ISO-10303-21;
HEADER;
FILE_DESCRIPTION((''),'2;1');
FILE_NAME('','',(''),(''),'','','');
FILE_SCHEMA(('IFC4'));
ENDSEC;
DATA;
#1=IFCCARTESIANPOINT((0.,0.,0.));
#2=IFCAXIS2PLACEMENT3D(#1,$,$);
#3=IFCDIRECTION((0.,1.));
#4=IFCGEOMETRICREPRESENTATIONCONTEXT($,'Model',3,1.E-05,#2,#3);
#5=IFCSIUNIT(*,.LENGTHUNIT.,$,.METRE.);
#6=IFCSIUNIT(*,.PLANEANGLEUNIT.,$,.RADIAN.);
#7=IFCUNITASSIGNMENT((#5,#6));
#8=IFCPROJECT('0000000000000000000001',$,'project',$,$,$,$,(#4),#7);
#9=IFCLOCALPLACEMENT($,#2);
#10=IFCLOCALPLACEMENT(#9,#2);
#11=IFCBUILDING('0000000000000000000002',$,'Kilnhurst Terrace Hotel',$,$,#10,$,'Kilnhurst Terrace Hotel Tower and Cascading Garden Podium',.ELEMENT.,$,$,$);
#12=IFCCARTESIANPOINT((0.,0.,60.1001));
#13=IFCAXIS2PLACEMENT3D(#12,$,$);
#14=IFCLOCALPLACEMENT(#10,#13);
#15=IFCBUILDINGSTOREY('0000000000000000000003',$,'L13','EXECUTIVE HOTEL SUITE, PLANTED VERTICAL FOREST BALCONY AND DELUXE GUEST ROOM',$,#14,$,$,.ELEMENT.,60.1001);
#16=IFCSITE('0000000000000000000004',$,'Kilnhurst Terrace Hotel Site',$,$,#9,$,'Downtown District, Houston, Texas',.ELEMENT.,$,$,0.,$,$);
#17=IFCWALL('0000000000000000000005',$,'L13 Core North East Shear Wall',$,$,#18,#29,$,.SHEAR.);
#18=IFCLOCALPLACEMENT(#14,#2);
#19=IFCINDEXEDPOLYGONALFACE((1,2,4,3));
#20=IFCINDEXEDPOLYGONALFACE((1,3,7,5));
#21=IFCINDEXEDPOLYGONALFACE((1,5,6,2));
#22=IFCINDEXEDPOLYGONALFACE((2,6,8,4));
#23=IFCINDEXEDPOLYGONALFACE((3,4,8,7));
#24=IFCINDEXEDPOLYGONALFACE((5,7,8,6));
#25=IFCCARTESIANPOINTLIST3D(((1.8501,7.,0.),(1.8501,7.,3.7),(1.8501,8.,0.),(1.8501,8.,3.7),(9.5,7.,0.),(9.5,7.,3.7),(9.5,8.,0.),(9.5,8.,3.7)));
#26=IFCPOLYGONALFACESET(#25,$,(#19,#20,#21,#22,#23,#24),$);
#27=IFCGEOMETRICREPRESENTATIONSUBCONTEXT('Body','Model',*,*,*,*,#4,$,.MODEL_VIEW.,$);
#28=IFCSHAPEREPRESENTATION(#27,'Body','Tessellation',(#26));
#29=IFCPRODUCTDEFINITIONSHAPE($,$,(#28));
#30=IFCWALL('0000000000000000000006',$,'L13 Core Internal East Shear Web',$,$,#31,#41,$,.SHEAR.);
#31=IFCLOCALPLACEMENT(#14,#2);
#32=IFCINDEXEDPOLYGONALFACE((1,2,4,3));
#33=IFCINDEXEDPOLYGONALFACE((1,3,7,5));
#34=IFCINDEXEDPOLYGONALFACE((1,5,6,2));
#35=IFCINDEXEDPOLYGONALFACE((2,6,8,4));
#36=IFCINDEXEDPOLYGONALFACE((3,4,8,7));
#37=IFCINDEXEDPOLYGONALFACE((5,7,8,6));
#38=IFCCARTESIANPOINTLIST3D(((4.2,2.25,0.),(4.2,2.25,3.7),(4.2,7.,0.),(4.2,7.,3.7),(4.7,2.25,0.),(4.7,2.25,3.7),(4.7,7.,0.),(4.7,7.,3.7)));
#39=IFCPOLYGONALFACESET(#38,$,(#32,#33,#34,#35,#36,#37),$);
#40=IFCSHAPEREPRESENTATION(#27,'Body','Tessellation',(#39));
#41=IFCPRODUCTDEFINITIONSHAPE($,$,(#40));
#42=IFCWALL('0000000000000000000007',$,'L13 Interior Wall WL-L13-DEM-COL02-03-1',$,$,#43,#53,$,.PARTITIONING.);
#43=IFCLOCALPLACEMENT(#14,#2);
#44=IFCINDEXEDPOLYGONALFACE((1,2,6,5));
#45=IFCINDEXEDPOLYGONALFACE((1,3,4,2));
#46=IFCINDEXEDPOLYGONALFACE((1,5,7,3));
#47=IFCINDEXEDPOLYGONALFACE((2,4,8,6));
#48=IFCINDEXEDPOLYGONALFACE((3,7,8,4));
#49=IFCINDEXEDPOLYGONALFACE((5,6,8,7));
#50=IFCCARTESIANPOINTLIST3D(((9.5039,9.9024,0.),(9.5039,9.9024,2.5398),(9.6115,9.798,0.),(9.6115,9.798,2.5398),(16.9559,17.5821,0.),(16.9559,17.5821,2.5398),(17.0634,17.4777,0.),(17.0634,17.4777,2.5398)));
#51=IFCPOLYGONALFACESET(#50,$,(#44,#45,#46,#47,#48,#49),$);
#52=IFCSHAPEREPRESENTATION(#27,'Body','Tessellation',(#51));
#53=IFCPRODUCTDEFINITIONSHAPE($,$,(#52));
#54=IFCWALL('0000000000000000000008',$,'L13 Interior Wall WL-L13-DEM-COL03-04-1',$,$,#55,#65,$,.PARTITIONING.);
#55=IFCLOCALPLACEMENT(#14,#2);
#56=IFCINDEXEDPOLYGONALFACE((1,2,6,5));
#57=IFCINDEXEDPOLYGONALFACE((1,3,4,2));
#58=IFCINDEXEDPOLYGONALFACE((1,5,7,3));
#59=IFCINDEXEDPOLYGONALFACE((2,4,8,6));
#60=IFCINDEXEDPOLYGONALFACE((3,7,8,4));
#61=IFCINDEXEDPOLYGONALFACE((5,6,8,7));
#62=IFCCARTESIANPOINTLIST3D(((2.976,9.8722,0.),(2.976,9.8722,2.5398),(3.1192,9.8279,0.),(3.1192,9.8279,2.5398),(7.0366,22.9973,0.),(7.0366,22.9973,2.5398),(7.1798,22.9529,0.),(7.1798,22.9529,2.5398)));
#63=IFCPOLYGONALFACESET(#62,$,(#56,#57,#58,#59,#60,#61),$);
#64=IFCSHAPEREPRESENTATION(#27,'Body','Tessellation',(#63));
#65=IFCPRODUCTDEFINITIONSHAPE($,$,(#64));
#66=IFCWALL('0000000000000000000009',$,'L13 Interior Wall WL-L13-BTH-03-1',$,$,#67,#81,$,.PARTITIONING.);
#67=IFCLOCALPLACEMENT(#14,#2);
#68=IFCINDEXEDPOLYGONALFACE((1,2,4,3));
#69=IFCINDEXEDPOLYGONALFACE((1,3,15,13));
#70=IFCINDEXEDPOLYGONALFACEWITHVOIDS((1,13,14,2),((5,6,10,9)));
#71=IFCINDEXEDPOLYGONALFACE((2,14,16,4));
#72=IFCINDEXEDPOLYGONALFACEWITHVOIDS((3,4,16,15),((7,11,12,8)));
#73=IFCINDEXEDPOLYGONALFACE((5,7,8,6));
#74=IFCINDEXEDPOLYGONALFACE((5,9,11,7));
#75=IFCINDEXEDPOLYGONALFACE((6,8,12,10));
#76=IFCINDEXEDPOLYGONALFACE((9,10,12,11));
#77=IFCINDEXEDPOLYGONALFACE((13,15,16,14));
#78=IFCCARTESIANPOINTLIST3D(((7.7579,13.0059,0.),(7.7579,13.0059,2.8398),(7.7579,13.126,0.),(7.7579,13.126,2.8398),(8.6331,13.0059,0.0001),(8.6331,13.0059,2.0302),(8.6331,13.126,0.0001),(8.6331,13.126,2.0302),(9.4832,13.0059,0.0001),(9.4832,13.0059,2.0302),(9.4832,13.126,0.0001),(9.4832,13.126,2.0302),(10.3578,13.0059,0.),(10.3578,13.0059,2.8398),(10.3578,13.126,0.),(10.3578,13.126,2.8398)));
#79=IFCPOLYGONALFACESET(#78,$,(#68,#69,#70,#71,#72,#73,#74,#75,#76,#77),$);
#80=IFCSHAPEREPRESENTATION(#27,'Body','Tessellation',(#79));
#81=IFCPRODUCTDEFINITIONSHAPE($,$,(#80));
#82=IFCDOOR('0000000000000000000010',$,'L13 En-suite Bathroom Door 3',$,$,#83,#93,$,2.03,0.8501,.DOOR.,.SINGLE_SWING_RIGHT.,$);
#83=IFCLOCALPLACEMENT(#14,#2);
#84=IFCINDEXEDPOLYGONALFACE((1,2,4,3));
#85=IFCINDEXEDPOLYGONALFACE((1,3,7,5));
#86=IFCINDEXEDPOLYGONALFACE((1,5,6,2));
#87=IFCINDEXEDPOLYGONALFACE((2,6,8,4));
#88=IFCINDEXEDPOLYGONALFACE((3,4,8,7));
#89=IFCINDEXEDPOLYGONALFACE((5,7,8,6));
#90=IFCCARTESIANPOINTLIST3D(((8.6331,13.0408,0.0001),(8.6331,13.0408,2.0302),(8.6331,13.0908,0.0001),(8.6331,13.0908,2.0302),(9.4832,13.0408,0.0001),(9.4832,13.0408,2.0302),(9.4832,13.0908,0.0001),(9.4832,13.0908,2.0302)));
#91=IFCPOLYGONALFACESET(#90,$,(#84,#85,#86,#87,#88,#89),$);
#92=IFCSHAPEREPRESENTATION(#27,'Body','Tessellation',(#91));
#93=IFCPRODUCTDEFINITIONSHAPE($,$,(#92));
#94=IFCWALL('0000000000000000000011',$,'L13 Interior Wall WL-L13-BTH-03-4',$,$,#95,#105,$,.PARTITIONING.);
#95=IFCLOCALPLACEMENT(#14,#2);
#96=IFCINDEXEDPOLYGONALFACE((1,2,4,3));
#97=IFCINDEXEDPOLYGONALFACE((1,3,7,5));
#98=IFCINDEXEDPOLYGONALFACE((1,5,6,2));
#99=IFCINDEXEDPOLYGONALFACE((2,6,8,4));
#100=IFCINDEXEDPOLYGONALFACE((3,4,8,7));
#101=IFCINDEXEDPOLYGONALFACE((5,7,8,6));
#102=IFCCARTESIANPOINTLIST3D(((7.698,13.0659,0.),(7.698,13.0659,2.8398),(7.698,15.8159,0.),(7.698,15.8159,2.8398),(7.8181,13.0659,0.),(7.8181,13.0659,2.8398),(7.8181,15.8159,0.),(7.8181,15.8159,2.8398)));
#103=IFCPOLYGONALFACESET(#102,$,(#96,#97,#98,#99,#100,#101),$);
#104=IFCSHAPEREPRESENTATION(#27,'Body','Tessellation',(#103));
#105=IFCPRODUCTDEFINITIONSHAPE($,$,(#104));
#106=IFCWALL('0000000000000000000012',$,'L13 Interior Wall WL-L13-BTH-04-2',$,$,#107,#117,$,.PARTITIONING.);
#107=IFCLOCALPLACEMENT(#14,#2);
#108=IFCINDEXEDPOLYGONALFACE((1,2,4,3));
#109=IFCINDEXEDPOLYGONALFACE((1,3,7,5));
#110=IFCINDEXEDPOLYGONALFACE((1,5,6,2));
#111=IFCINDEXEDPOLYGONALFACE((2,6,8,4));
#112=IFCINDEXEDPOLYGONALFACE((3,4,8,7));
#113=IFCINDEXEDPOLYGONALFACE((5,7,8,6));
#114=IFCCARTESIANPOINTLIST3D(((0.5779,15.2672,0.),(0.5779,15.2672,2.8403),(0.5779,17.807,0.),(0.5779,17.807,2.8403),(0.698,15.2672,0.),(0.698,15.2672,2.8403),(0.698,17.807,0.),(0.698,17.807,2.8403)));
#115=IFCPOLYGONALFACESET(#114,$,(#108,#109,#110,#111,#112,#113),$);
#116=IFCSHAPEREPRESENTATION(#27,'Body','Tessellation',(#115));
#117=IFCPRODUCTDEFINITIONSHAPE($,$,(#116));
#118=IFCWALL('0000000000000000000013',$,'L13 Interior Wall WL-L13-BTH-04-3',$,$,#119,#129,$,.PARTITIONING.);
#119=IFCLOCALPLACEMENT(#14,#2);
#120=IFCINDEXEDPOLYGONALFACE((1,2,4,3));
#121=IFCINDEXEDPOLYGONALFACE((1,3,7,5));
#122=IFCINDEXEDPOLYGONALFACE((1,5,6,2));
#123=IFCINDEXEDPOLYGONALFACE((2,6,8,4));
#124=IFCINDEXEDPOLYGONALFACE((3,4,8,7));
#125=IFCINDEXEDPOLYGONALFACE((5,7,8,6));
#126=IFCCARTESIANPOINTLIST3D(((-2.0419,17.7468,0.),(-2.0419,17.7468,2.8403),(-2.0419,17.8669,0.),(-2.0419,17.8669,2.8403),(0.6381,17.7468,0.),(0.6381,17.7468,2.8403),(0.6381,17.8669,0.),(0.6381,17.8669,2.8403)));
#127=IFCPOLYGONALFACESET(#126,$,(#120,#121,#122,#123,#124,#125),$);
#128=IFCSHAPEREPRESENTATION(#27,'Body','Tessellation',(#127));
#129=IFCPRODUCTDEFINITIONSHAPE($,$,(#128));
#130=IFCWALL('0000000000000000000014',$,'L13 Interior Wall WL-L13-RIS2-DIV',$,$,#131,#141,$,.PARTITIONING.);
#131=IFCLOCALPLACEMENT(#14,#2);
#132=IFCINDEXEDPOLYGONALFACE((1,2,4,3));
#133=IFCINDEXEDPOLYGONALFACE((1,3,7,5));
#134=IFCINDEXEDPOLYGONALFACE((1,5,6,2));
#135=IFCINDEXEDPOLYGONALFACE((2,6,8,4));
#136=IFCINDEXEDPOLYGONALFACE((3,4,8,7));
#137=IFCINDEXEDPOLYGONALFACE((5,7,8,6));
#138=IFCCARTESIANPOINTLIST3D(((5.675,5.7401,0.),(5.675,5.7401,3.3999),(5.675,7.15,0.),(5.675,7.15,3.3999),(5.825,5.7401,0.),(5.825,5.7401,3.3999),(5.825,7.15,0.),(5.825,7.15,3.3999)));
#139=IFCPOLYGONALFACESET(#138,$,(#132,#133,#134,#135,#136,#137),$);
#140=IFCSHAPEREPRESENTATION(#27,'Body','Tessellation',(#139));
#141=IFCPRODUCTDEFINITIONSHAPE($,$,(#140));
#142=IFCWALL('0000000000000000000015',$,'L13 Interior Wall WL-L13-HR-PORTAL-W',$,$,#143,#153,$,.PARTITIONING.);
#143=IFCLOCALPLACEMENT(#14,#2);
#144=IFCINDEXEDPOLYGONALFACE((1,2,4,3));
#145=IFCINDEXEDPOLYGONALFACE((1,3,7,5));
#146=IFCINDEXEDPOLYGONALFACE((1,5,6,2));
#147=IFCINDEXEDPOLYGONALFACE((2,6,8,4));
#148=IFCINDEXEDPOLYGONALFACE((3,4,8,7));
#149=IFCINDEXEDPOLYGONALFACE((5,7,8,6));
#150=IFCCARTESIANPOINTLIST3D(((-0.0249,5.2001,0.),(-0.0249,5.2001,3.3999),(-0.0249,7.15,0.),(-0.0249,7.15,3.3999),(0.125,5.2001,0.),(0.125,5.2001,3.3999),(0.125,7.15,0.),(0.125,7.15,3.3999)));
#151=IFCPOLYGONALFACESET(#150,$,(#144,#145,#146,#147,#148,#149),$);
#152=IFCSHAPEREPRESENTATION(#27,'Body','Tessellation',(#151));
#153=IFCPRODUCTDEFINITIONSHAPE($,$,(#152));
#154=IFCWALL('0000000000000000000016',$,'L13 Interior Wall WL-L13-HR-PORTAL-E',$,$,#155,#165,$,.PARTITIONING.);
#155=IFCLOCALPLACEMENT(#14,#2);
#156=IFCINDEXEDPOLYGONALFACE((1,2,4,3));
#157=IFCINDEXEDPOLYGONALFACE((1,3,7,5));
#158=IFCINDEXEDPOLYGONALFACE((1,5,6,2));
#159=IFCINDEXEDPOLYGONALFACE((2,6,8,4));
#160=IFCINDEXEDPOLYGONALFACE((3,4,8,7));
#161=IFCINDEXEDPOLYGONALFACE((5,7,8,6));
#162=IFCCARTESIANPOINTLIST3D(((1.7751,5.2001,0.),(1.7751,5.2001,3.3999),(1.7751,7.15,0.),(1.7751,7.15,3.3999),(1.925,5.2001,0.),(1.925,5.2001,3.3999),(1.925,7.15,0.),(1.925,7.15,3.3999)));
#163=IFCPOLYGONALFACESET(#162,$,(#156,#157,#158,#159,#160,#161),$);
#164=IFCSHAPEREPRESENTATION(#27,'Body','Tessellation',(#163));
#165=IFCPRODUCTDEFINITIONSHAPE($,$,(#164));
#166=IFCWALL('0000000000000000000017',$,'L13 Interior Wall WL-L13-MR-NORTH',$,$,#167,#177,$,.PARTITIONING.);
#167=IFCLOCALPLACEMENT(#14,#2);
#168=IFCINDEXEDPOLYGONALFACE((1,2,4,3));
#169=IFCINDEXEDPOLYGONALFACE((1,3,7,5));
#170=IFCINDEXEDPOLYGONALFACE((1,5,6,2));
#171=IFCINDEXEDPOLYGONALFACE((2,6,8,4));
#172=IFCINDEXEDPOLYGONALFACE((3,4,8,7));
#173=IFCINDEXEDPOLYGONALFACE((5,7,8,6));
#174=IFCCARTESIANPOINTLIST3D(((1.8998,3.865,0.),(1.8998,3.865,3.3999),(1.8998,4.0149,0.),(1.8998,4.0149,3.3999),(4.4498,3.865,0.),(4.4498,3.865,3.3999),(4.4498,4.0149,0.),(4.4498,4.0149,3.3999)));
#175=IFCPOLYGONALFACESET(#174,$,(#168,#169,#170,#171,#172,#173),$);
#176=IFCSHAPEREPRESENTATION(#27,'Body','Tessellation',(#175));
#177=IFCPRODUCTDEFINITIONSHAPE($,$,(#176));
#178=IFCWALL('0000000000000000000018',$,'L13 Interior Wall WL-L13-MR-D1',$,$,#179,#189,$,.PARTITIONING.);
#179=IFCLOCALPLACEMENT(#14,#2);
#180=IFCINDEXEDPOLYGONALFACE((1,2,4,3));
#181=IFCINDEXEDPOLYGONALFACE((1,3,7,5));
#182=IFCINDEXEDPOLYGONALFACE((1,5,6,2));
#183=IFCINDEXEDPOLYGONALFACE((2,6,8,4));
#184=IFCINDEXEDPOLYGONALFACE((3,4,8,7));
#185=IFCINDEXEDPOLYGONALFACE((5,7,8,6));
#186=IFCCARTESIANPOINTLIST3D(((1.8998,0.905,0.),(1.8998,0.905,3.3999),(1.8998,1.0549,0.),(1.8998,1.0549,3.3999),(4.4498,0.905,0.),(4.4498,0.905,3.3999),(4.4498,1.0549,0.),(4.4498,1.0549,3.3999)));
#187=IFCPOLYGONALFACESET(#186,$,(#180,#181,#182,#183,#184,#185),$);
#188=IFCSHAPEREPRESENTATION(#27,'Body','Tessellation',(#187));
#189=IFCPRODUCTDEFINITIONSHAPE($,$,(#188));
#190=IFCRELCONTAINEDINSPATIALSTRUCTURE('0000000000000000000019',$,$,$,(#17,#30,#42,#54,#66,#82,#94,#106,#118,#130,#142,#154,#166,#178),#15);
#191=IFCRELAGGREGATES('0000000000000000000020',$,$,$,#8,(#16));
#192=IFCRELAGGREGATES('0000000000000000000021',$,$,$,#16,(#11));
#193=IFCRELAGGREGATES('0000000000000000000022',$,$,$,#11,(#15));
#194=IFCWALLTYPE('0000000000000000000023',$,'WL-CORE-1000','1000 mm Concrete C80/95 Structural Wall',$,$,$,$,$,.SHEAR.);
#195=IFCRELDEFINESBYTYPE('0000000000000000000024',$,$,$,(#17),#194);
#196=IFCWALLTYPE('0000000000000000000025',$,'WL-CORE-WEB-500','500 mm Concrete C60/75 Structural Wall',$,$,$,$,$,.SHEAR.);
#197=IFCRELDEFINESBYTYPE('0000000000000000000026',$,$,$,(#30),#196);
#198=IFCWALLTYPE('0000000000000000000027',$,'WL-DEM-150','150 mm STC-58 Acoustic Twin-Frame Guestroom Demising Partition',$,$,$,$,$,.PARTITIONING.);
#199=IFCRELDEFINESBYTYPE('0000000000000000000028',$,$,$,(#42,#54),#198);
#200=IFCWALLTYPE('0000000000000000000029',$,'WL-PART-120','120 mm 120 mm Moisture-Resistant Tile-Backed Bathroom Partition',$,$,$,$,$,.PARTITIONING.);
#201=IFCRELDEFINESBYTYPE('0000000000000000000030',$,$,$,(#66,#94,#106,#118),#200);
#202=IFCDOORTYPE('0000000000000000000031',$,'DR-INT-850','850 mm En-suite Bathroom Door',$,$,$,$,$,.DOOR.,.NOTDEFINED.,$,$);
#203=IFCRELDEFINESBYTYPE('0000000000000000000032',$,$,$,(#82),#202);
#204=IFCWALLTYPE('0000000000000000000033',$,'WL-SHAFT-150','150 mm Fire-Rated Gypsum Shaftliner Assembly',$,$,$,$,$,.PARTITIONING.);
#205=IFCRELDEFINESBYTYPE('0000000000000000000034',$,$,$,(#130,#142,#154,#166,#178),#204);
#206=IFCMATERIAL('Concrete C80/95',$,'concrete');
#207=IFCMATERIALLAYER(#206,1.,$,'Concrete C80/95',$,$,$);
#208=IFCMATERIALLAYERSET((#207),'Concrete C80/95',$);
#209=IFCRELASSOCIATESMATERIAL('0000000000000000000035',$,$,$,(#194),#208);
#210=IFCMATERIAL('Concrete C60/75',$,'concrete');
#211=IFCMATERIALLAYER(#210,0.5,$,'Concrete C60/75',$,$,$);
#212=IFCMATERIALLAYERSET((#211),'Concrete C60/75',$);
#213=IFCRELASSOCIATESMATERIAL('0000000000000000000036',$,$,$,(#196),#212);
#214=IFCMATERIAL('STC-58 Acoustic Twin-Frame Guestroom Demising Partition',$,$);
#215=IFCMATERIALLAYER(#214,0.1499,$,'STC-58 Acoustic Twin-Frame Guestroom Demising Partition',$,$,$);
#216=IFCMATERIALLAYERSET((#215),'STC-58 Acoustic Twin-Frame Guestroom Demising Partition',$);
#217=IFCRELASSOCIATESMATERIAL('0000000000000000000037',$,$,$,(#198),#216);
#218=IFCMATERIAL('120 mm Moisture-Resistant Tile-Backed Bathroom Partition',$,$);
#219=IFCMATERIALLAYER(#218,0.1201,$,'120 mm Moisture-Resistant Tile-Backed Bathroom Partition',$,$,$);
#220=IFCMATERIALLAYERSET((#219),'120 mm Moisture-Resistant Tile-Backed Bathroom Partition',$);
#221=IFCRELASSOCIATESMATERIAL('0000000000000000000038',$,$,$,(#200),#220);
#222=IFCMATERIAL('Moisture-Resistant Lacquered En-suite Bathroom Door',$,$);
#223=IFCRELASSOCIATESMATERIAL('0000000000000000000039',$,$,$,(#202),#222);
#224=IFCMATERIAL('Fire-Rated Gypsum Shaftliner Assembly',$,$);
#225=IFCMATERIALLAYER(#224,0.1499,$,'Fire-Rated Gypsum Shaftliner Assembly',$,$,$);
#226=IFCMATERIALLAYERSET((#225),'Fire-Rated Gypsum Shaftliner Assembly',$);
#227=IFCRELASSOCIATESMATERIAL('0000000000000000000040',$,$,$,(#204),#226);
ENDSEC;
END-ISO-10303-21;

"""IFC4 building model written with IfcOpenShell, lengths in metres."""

from ifc_helpers import new_model, si_unit, direction, frame, frame_2d, origin, place, context, subcontext, project, spatial, rectangle, extrude, material, layer, layer_set, type_object, element, fill, save


model = new_model("IFC4")

# Units and contexts
model_context = context("Model", 3, precision=1e-05, world=origin(), true_north=direction((0.0, 1.0)))
body_context = subcontext(model_context, "Body", "Model", "MODEL_VIEW")
ifc_project = project(units=[si_unit("LENGTHUNIT", "METRE"), si_unit("PLANEANGLEUNIT", "RADIAN")], contexts=[model_context])

# Site, building, storey
site_placement = place(None, origin())
site = spatial("IfcSite", under=ifc_project, at=site_placement, Name="Kilnhurst Terrace Hotel Site", LongName="Downtown District, Houston, Texas", CompositionType="ELEMENT", RefElevation=0.0)
building_placement = place(site_placement, origin())
building = spatial("IfcBuilding", under=site, at=building_placement, Name="Kilnhurst Terrace Hotel", LongName="Kilnhurst Terrace Hotel Tower and Cascading Garden Podium", CompositionType="ELEMENT")
storey_placement = place(building_placement, frame((0.0, 0.0, 60.1001)))
storey = spatial("IfcBuildingStorey", under=building, at=storey_placement, Name="L13", Description="EXECUTIVE HOTEL SUITE, PLANTED VERTICAL FOREST BALCONY AND DELUXE GUEST ROOM", CompositionType="ELEMENT", Elevation=60.1001)

# Shared definitions
ifc_material_1 = material(Name="Concrete C80/95", Category="concrete")

# Walls
ifc_layer_1 = layer(ifc_material_1, 1.0, Name="Concrete C80/95")
ifc_layer_set_1 = layer_set([ifc_layer_1], Name="Concrete C80/95")
wall_type_1 = type_object("IfcWallType", Name="WL-CORE-1000", Description="1000 mm Concrete C80/95 Structural Wall", PredefinedType="SHEAR", material=ifc_layer_set_1)
wall_1_placement = place(storey_placement, frame((1.8501, 7.5, 0.0), z_axis=(0.0, 0.0, 1.0), x_axis=(1.0, 0.0, 0.0)))
element("IfcWall", 1, at=wall_1_placement, inside=storey, type_object=wall_type_1, Name="L13 Core North East Shear Wall", PredefinedType="SHEAR", context=body_context, shape_type="SweptSolid", body=[
    extrude(rectangle(XDim=7.6499, YDim=1.0, at=frame_2d((3.825, 0.0))), origin(), (0.0, 0.0, 1.0), 3.7),
])
ifc_material_2 = material(Name="Concrete C60/75", Category="concrete")
ifc_layer_2 = layer(ifc_material_2, 0.5, Name="Concrete C60/75")
ifc_layer_set_2 = layer_set([ifc_layer_2], Name="Concrete C60/75")
wall_type_2 = type_object("IfcWallType", Name="WL-CORE-WEB-500", Description="500 mm Concrete C60/75 Structural Wall", PredefinedType="SHEAR", material=ifc_layer_set_2)
wall_2_placement = place(storey_placement, frame((4.45, 2.25, 0.0), z_axis=(0.0, 0.0, 1.0), x_axis=(0.0, 1.0, 0.0)))
element("IfcWall", 2, at=wall_2_placement, inside=storey, type_object=wall_type_2, Name="L13 Core Internal East Shear Web", PredefinedType="SHEAR", context=body_context, shape_type="SweptSolid", body=[
    extrude(rectangle(XDim=4.75, YDim=0.5, at=frame_2d((2.375, 0.0))), origin(), (0.0, 0.0, 1.0), 3.7),
])
ifc_material_3 = material(Name="STC-58 Acoustic Twin-Frame Guestroom Demising Partition")
ifc_layer_3 = layer(ifc_material_3, 0.1499, Name="STC-58 Acoustic Twin-Frame Guestroom Demising Partition")
ifc_layer_set_3 = layer_set([ifc_layer_3], Name="STC-58 Acoustic Twin-Frame Guestroom Demising Partition")
wall_type_3 = type_object("IfcWallType", Name="WL-DEM-150", Description="150 mm STC-58 Acoustic Twin-Frame Guestroom Demising Partition", PredefinedType="PARTITIONING", material=ifc_layer_set_3)
wall_3_placement = place(storey_placement, frame((9.5576, 9.8501, 0.0), z_axis=(0.0, 0.0, 1.0), x_axis=(0.696383, 0.71767, 0.0)))
element("IfcWall", 3, at=wall_3_placement, inside=storey, type_object=wall_type_3, Name="L13 Interior Wall WL-L13-DEM-COL02-03-1", PredefinedType="PARTITIONING", context=body_context, shape_type="SweptSolid", body=[
    extrude(rectangle(XDim=10.7009, YDim=0.1499, at=frame_2d((5.3506, 0.0))), origin(), (0.0, 0.0, 1.0), 2.5398),
])
wall_4_placement = place(storey_placement, frame((3.0476, 9.8501, 0.0), z_axis=(0.0, 0.0, 1.0), x_axis=(0.295554, 0.955326, 0.0)))
element("IfcWall", 4, at=wall_4_placement, inside=storey, type_object=wall_type_3, Name="L13 Interior Wall WL-L13-DEM-COL03-04-1", PredefinedType="PARTITIONING", context=body_context, shape_type="SweptSolid", body=[
    extrude(rectangle(XDim=13.7388, YDim=0.1499, at=frame_2d((6.8694, 0.0))), origin(), (0.0, 0.0, 1.0), 2.5398),
])

# Wall, opening, door
ifc_material_4 = material(Name="120 mm Moisture-Resistant Tile-Backed Bathroom Partition")
ifc_layer_4 = layer(ifc_material_4, 0.1201, Name="120 mm Moisture-Resistant Tile-Backed Bathroom Partition")
ifc_layer_set_4 = layer_set([ifc_layer_4], Name="120 mm Moisture-Resistant Tile-Backed Bathroom Partition")
wall_type_4 = type_object("IfcWallType", Name="WL-PART-120", Description="120 mm 120 mm Moisture-Resistant Tile-Backed Bathroom Partition", PredefinedType="PARTITIONING", material=ifc_layer_set_4)
wall_5_placement = place(storey_placement, frame((7.7581, 13.0659, 0.0), z_axis=(0.0, 0.0, 1.0), x_axis=(1.0, 0.0, 0.0)))
wall_5 = element("IfcWall", 5, at=wall_5_placement, inside=storey, type_object=wall_type_4, Name="L13 Interior Wall WL-L13-BTH-03-1", PredefinedType="PARTITIONING", context=body_context, shape_type="SweptSolid", body=[
    extrude(rectangle(XDim=2.5999, YDim=0.1201, at=frame_2d((1.2998, 0.0))), origin(), (0.0, 0.0, 1.0), 2.8398),
])
opening_1_placement = place(wall_5_placement, frame((0.875, 0.0, 0.0)))
opening_1 = element("IfcOpeningElement", 6, at=opening_1_placement, cuts=wall_5, PredefinedType="OPENING", context=body_context, shape_type="SweptSolid", body=[
    extrude(rectangle(XDim=0.8501, YDim=2.03, at=frame_2d((0.425, 1.0151))), frame((0.0, 0.0701, 0.0), z_axis=(0.0, -1.0, 0.0), x_axis=(1.0, 0.0, 0.0)), (0.0, 0.0, 1.0), 0.1401),
])
ifc_material_5 = material(Name="Moisture-Resistant Lacquered En-suite Bathroom Door")
door_type_1 = type_object("IfcDoorType", Name="DR-INT-850", Description="850 mm En-suite Bathroom Door", OperationType="NOTDEFINED", PredefinedType="DOOR", material=ifc_material_5)
door_1_placement = place(opening_1_placement, origin())
door_1 = element("IfcDoor", 7, at=door_1_placement, inside=storey, type_object=door_type_1, Name="L13 En-suite Bathroom Door 3", OperationType="SINGLE_SWING_RIGHT", OverallHeight=2.03, OverallWidth=0.8501, PredefinedType="DOOR", context=body_context, shape_type="SweptSolid", body=[
    extrude(rectangle(XDim=0.8501, YDim=2.03, at=frame_2d((0.425, 1.0151))), frame((0.0, 0.0249, 0.0), z_axis=(0.0, -1.0, 0.0), x_axis=(1.0, 0.0, 0.0)), (0.0, 0.0, 1.0), 0.05),
])
fill(opening_1, door_1)

# Walls
wall_6_placement = place(storey_placement, frame((7.7581, 15.8159, 0.0), z_axis=(0.0, 0.0, 1.0), x_axis=(0.0, -1.0, 0.0)))
element("IfcWall", 8, at=wall_6_placement, inside=storey, type_object=wall_type_4, Name="L13 Interior Wall WL-L13-BTH-03-4", PredefinedType="PARTITIONING", context=body_context, shape_type="SweptSolid", body=[
    extrude(rectangle(XDim=2.75, YDim=0.1201, at=frame_2d((1.375, 0.0))), origin(), (0.0, 0.0, 1.0), 2.8398),
])
wall_7_placement = place(storey_placement, frame((0.6379, 15.2671, 0.0), z_axis=(0.0, 0.0, 1.0), x_axis=(0.0, 1.0, 0.0)))
element("IfcWall", 9, at=wall_7_placement, inside=storey, type_object=wall_type_4, Name="L13 Interior Wall WL-L13-BTH-04-2", PredefinedType="PARTITIONING", context=body_context, shape_type="SweptSolid", body=[
    extrude(rectangle(XDim=2.5398, YDim=0.1201, at=frame_2d((1.27, 0.0))), origin(), (0.0, 0.0, 1.0), 2.8403),
])
wall_8_placement = place(storey_placement, frame((0.6379, 17.8069, 0.0), z_axis=(0.0, 0.0, 1.0), x_axis=(-1.0, 0.0, 0.0)))
element("IfcWall", 10, at=wall_8_placement, inside=storey, type_object=wall_type_4, Name="L13 Interior Wall WL-L13-BTH-04-3", PredefinedType="PARTITIONING", context=body_context, shape_type="SweptSolid", body=[
    extrude(rectangle(XDim=2.6799, YDim=0.1201, at=frame_2d((1.3398, 0.0))), origin(), (0.0, 0.0, 1.0), 2.8403),
])
ifc_material_6 = material(Name="Fire-Rated Gypsum Shaftliner Assembly")
ifc_layer_5 = layer(ifc_material_6, 0.1499, Name="Fire-Rated Gypsum Shaftliner Assembly")
ifc_layer_set_5 = layer_set([ifc_layer_5], Name="Fire-Rated Gypsum Shaftliner Assembly")
wall_type_5 = type_object("IfcWallType", Name="WL-SHAFT-150", Description="150 mm Fire-Rated Gypsum Shaftliner Assembly", PredefinedType="PARTITIONING", material=ifc_layer_set_5)
wall_9_placement = place(storey_placement, frame((5.75, 5.74, 0.0), z_axis=(0.0, 0.0, 1.0), x_axis=(0.0, 1.0, 0.0)))
element("IfcWall", 11, at=wall_9_placement, inside=storey, type_object=wall_type_5, Name="L13 Interior Wall WL-L13-RIS2-DIV", PredefinedType="PARTITIONING", context=body_context, shape_type="SweptSolid", body=[
    extrude(rectangle(XDim=1.4099, YDim=0.1499, at=frame_2d((0.7051, 0.0))), origin(), (0.0, 0.0, 1.0), 3.3999),
])
for number, where, z_axis, x_axis, name in (
    (12, (0.05, 5.2, 0.0), (0.0, 0.0, 1.0), (0.0, 1.0, 0.0), "L13 Interior Wall WL-L13-HR-PORTAL-W"),
    (13, (1.8501, 5.2, 0.0), (0.0, 0.0, 1.0), (0.0, 1.0, 0.0), "L13 Interior Wall WL-L13-HR-PORTAL-E"),
):
    element("IfcWall", number, at=place(storey_placement, frame(where, z_axis=z_axis, x_axis=x_axis)), inside=storey, type_object=wall_type_5, Name=name, PredefinedType="PARTITIONING", context=body_context, shape_type="SweptSolid", body=[
        extrude(rectangle(XDim=1.95, YDim=0.1499, at=frame_2d((0.9751, 0.0))), origin(), (0.0, 0.0, 1.0), 3.3999),
    ])
for number, where, z_axis, x_axis, name in (
    (14, (1.8999, 3.9399, 0.0), (0.0, 0.0, 1.0), (1.0, 0.0, 0.0), "L13 Interior Wall WL-L13-MR-NORTH"),
    (15, (1.8999, 0.98, 0.0), (0.0, 0.0, 1.0), (1.0, 0.0, 0.0), "L13 Interior Wall WL-L13-MR-D1"),
):
    element("IfcWall", number, at=place(storey_placement, frame(where, z_axis=z_axis, x_axis=x_axis)), inside=storey, type_object=wall_type_5, Name=name, PredefinedType="PARTITIONING", context=body_context, shape_type="SweptSolid", body=[
        extrude(rectangle(XDim=2.55, YDim=0.1499, at=frame_2d((1.2749, 0.0))), origin(), (0.0, 0.0, 1.0), 3.3999),
    ])

save(model, "model.ifc")
